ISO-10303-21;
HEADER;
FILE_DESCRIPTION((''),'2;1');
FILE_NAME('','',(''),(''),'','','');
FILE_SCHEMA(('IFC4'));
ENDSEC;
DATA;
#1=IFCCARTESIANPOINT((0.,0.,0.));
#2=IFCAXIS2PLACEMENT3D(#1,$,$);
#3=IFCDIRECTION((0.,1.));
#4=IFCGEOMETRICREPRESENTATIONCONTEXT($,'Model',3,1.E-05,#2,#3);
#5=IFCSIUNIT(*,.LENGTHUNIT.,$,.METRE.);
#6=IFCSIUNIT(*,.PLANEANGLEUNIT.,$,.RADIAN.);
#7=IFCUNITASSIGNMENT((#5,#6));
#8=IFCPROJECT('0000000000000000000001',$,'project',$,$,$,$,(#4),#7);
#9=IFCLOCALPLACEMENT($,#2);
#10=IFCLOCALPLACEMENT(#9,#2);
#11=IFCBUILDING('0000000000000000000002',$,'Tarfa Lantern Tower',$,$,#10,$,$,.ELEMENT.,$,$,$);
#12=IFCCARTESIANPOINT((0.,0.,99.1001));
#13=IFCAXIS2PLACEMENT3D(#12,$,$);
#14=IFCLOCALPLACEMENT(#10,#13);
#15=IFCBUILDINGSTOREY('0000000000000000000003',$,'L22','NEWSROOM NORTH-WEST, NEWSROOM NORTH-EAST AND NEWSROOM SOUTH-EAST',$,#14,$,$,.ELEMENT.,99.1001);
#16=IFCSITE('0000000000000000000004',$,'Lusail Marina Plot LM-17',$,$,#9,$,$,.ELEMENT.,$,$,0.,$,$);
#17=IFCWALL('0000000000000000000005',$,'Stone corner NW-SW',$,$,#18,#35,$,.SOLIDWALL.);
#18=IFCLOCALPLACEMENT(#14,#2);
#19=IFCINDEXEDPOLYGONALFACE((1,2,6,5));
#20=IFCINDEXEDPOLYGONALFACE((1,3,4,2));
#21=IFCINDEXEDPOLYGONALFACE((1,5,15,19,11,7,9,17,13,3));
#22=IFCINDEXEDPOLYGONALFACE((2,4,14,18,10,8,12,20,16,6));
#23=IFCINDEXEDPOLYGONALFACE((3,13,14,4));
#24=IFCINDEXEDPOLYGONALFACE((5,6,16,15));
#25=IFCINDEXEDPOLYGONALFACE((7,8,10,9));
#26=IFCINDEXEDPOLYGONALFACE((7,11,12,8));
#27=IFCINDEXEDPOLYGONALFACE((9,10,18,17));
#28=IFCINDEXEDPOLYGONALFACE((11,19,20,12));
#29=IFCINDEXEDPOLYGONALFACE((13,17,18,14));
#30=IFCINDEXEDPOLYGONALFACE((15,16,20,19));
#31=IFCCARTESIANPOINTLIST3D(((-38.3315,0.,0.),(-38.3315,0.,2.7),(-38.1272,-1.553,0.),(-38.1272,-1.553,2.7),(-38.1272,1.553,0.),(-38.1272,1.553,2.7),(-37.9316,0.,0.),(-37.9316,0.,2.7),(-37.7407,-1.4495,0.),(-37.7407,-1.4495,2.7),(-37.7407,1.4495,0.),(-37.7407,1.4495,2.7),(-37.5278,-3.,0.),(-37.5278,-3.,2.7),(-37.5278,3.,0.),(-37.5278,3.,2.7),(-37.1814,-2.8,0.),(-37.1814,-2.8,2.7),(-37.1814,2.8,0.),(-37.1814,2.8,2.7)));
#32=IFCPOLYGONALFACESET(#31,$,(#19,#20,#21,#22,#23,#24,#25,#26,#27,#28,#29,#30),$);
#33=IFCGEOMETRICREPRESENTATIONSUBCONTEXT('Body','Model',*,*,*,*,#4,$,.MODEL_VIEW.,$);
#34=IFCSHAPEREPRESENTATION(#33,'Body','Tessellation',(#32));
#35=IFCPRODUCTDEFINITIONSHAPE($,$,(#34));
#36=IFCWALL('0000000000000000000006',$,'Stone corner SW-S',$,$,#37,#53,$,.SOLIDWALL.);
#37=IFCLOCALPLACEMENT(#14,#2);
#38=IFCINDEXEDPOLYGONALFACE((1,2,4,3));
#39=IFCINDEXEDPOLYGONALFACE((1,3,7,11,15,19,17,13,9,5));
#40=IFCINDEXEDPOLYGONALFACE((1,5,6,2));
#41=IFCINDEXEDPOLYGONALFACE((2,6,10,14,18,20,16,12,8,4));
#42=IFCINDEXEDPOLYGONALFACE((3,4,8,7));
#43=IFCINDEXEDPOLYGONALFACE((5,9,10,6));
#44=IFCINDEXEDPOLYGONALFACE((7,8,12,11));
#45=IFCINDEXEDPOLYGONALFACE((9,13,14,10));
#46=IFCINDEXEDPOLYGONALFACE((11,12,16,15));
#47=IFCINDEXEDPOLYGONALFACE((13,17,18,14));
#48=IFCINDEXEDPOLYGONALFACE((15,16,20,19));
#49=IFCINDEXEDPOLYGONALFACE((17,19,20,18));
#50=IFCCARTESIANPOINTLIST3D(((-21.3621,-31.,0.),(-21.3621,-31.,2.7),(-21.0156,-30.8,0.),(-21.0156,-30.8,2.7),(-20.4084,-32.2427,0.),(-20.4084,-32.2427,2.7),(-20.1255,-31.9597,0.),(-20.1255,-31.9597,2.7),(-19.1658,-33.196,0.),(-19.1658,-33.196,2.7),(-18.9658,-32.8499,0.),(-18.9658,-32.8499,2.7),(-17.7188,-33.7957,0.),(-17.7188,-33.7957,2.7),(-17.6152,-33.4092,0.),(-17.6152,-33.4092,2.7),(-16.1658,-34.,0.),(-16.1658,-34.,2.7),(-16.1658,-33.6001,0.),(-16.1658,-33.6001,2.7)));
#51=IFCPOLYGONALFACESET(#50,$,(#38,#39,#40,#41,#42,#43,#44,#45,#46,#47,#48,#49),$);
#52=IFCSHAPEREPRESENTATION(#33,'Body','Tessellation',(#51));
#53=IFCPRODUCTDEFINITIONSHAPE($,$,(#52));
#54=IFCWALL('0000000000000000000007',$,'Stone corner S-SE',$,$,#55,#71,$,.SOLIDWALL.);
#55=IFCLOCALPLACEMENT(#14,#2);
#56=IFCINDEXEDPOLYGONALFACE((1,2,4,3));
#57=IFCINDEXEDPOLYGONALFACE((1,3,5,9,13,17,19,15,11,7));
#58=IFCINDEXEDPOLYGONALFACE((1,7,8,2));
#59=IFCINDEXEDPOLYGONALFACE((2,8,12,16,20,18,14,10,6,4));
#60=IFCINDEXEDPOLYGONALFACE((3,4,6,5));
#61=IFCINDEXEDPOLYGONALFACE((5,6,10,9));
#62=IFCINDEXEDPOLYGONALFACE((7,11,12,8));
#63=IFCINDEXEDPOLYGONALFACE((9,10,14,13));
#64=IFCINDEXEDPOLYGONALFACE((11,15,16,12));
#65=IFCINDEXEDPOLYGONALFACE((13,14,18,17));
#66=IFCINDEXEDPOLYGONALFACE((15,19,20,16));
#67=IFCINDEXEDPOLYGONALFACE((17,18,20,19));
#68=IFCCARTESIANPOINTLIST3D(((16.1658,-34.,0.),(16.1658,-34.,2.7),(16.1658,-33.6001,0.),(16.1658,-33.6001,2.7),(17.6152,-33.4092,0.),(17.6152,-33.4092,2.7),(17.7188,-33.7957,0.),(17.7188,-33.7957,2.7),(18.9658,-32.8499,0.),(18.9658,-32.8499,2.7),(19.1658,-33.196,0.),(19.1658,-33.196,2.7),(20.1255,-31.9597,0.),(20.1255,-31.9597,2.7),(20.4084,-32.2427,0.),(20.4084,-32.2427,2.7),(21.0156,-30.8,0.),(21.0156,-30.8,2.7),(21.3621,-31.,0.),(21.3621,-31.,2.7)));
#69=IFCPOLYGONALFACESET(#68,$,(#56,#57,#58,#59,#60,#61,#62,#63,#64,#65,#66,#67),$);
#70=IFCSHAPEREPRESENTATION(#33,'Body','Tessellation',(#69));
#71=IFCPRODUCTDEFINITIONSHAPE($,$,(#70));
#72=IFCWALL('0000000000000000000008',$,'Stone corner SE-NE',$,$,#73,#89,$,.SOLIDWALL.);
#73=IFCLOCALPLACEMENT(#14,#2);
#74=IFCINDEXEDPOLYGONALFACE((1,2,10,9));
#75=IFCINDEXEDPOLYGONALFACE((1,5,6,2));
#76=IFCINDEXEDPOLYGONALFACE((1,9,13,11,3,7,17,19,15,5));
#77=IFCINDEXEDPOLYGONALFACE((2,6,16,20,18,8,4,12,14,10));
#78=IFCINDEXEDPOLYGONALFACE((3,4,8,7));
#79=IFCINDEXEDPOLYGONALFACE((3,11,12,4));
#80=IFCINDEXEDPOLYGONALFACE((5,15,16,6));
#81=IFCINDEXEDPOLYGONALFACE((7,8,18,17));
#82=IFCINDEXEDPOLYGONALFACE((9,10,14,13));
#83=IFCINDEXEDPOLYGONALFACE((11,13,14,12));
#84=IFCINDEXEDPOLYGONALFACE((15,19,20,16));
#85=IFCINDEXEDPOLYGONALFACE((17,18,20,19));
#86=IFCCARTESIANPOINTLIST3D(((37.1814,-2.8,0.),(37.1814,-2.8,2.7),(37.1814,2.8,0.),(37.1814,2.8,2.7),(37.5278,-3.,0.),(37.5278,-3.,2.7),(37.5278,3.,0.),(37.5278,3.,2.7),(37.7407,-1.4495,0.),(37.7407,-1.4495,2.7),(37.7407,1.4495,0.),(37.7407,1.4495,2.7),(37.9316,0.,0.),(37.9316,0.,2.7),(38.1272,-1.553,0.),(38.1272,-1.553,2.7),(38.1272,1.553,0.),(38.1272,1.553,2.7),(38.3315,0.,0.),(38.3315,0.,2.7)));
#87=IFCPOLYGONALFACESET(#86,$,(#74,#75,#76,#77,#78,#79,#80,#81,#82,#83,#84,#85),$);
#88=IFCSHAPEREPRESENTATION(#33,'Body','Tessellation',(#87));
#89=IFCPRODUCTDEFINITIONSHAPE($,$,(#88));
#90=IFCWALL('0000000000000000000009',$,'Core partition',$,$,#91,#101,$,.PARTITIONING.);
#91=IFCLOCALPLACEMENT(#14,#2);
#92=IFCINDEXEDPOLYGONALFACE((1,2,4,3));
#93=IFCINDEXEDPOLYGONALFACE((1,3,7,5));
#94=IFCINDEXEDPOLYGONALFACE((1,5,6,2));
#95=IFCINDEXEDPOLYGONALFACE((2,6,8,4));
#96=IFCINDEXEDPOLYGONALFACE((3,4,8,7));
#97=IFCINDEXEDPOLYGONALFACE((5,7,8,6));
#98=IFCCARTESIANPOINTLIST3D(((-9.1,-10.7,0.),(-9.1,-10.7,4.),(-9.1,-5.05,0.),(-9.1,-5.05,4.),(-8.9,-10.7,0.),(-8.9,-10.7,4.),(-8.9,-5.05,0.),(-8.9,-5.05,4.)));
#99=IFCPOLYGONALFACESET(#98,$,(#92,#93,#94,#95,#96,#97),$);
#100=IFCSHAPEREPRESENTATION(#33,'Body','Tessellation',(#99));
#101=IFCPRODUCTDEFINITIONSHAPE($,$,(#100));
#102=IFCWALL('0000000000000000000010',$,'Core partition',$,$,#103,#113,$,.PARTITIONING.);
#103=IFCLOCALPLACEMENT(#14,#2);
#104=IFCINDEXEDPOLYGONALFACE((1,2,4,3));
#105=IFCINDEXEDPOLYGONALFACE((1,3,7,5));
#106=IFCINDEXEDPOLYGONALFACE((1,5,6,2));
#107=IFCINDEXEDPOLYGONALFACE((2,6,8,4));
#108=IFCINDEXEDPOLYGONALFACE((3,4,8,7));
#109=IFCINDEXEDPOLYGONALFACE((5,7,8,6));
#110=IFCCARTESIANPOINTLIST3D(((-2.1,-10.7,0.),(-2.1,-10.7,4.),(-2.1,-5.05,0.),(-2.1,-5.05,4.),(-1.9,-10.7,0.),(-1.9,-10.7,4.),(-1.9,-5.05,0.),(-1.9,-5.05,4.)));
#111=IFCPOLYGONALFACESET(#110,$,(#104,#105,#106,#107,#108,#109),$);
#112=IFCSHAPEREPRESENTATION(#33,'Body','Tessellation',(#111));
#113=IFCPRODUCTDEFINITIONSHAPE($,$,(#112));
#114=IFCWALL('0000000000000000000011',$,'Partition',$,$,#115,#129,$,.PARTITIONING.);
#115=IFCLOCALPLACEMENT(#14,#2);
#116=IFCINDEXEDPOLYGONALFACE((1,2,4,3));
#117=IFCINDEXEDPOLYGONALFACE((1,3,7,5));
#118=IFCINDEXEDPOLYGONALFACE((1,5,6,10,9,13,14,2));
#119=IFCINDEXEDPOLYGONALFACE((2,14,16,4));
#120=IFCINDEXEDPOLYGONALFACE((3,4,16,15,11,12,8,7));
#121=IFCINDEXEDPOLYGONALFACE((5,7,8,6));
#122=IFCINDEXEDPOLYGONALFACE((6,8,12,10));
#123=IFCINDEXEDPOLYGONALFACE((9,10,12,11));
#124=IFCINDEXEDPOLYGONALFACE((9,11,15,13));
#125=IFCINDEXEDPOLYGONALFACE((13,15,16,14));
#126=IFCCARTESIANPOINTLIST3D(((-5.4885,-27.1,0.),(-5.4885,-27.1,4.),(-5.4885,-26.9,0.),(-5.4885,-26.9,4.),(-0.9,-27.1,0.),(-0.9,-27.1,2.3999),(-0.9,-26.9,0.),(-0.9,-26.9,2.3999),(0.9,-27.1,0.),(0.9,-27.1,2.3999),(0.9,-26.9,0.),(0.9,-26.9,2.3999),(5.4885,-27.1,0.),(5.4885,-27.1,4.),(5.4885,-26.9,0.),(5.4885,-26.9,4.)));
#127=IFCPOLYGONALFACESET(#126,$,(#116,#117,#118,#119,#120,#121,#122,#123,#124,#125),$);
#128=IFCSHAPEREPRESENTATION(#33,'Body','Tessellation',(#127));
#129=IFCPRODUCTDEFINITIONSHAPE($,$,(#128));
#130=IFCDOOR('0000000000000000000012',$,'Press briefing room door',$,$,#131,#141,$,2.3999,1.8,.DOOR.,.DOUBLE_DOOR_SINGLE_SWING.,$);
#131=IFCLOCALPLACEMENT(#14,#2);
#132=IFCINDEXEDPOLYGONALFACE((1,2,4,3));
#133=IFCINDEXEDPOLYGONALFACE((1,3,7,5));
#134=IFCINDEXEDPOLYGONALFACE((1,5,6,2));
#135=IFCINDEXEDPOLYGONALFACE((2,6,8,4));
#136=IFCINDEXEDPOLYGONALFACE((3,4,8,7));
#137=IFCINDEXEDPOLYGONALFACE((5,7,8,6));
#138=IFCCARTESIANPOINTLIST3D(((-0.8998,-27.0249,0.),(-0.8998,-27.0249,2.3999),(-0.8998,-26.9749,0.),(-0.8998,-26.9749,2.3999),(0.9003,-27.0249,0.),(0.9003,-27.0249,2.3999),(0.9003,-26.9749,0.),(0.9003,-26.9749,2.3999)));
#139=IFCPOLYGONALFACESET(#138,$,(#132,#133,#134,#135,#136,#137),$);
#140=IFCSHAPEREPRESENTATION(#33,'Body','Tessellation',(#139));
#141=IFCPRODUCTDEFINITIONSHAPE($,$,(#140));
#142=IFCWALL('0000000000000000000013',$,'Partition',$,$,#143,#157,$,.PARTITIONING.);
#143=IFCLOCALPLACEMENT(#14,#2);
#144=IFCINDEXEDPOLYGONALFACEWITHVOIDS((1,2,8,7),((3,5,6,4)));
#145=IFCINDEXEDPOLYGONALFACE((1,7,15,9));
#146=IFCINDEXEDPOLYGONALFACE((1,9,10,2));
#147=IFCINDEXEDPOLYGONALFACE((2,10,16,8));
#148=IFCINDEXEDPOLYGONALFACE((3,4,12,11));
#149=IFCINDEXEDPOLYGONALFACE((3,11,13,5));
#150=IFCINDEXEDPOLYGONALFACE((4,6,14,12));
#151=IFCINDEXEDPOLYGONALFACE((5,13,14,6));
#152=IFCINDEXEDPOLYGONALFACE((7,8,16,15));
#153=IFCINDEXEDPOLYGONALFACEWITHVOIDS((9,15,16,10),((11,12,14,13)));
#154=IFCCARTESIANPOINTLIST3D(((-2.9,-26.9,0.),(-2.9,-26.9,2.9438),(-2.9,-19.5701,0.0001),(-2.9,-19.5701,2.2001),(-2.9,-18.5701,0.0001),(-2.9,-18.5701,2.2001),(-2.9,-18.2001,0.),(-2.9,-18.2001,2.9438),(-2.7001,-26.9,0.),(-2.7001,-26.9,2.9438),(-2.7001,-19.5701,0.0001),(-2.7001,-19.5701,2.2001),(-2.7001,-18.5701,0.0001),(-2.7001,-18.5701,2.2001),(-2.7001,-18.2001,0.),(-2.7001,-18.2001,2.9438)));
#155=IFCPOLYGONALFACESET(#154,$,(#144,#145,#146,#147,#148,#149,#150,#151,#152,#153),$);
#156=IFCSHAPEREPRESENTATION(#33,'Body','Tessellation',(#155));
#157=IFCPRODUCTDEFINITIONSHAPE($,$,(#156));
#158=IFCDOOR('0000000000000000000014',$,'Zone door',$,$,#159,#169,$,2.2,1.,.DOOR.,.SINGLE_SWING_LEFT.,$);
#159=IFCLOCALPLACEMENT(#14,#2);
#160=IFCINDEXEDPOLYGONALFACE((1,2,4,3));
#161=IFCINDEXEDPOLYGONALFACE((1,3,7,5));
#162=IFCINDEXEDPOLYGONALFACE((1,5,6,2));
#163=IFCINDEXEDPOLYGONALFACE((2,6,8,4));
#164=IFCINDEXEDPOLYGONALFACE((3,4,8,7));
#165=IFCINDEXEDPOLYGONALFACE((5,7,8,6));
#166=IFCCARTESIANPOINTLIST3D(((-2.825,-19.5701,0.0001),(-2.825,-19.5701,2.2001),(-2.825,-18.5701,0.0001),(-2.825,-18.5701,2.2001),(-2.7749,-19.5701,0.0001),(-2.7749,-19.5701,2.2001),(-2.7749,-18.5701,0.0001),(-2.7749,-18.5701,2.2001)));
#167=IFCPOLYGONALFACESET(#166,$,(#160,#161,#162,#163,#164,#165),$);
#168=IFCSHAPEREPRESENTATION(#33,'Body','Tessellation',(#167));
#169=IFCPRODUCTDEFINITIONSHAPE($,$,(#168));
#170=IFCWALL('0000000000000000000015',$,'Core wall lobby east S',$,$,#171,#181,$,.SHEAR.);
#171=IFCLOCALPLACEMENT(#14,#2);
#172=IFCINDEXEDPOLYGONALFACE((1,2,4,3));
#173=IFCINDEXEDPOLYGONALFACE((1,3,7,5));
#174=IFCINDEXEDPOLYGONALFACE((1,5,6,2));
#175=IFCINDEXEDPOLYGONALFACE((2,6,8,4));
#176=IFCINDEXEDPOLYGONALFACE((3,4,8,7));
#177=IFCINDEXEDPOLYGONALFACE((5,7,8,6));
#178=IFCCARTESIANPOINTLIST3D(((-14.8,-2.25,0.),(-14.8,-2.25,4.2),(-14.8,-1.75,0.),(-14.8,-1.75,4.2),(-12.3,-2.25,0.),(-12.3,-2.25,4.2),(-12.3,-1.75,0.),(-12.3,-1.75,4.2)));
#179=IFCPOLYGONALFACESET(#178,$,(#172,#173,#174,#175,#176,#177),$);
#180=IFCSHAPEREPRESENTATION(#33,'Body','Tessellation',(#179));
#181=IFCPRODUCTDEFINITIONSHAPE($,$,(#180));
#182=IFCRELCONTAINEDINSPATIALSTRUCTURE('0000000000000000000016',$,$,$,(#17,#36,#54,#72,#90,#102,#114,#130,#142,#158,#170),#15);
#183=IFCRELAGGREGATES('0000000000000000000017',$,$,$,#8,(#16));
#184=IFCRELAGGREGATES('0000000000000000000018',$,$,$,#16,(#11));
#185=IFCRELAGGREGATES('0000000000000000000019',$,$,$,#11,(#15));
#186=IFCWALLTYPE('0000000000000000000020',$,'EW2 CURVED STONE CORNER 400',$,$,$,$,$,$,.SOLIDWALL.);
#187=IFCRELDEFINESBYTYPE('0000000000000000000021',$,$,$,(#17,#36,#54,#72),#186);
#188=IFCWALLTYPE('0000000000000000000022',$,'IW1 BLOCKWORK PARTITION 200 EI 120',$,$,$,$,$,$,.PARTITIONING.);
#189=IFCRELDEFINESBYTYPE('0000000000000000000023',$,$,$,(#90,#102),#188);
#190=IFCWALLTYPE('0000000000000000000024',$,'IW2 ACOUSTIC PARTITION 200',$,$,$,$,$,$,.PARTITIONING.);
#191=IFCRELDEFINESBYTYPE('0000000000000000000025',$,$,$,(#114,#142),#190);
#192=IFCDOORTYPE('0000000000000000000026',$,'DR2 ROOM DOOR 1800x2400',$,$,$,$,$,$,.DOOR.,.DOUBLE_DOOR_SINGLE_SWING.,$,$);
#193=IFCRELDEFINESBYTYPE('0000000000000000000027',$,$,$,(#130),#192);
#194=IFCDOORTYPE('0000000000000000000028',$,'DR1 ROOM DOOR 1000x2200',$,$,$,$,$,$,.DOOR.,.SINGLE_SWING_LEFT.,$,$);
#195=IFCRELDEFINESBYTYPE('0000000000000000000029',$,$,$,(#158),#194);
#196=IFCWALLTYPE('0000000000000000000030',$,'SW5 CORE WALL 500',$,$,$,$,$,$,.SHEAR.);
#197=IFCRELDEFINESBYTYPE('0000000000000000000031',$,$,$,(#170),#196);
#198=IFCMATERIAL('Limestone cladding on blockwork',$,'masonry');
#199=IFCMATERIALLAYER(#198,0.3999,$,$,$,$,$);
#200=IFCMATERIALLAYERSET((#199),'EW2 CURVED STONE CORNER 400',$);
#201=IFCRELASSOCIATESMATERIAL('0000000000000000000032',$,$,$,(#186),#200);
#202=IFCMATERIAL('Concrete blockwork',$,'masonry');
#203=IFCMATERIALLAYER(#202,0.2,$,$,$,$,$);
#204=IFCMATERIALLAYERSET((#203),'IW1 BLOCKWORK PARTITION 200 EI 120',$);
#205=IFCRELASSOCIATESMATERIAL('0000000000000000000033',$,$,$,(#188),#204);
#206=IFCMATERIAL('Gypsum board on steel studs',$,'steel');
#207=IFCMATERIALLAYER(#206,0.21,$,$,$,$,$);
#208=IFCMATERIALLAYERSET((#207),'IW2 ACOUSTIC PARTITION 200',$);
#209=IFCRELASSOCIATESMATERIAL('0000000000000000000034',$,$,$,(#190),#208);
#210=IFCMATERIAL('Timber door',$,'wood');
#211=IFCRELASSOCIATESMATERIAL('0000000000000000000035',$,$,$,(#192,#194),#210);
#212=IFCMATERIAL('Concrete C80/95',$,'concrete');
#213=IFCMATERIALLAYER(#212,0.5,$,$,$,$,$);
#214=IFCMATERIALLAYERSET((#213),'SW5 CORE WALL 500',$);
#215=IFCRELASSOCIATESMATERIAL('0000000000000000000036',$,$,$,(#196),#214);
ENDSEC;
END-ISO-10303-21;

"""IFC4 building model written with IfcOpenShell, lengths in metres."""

from ifc_helpers import new_model, si_unit, direction, frame, frame_2d, origin, place, context, subcontext, project, spatial, polyline, rectangle, outline, extrude, material, layer, layer_set, type_object, element, fill, save


model = new_model("IFC4")

# Units and contexts
model_context = context("Model", 3, precision=1e-05, world=origin(), true_north=direction((0.0, 1.0)))
body_context = subcontext(model_context, "Body", "Model", "MODEL_VIEW")
ifc_project = project(units=[si_unit("LENGTHUNIT", "METRE"), si_unit("PLANEANGLEUNIT", "RADIAN")], contexts=[model_context])

# Site, building, storey
site_placement = place(None, origin())
site = spatial("IfcSite", under=ifc_project, at=site_placement, Name="Lusail Marina Plot LM-17", CompositionType="ELEMENT", RefElevation=0.0)
building_placement = place(site_placement, origin())
building = spatial("IfcBuilding", under=site, at=building_placement, Name="Tarfa Lantern Tower", CompositionType="ELEMENT")
storey_placement = place(building_placement, frame((0.0, 0.0, 99.1001)))
storey = spatial("IfcBuildingStorey", under=building, at=storey_placement, Name="L22", Description="NEWSROOM NORTH-WEST, NEWSROOM NORTH-EAST AND NEWSROOM SOUTH-EAST", CompositionType="ELEMENT", Elevation=99.1001)

# Walls
ifc_material_1 = material(Name="Limestone cladding on blockwork", Category="masonry")
ifc_layer_1 = layer(ifc_material_1, 0.3999)
ifc_layer_set_1 = layer_set([ifc_layer_1], Name="EW2 CURVED STONE CORNER 400")
wall_type_1 = type_object("IfcWallType", Name="EW2 CURVED STONE CORNER 400", PredefinedType="SOLIDWALL", material=ifc_layer_set_1)
wall_1_placement = place(storey_placement, origin())
element("IfcWall", 1, at=wall_1_placement, inside=storey, type_object=wall_type_1, Name="Stone corner NW-SW", PredefinedType="SOLIDWALL", context=body_context, shape_type="SweptSolid", body=[
    extrude(outline(polyline([(-37.5278, 3.0), (-38.1272, 1.553), (-38.3315, 0.0), (-38.1272, -1.553), (-37.5278, -3.0), (-37.1814, -2.8), (-37.7407, -1.4495), (-37.9316, 0.0), (-37.7407, 1.4495), (-37.1814, 2.8), (-37.5278, 3.0)])), origin(), (0.0, 0.0, 1.0), 2.7),
])
wall_2_placement = place(storey_placement, origin())
element("IfcWall", 2, at=wall_2_placement, inside=storey, type_object=wall_type_1, Name="Stone corner SW-S", PredefinedType="SOLIDWALL", context=body_context, shape_type="SweptSolid", body=[
    extrude(outline(polyline([(-21.3621, -31.0), (-20.4084, -32.2427), (-19.1658, -33.196), (-17.7188, -33.7957), (-16.1658, -34.0), (-16.1658, -33.6001), (-17.6152, -33.4092), (-18.9658, -32.8499), (-20.1255, -31.9597), (-21.0156, -30.8), (-21.3621, -31.0)])), origin(), (0.0, 0.0, 1.0), 2.7),
])
wall_3_placement = place(storey_placement, origin())
element("IfcWall", 3, at=wall_3_placement, inside=storey, type_object=wall_type_1, Name="Stone corner S-SE", PredefinedType="SOLIDWALL", context=body_context, shape_type="SweptSolid", body=[
    extrude(outline(polyline([(16.1658, -34.0), (17.7188, -33.7957), (19.1658, -33.196), (20.4084, -32.2427), (21.3621, -31.0), (21.0156, -30.8), (20.1255, -31.9597), (18.9658, -32.8499), (17.6152, -33.4092), (16.1658, -33.6001), (16.1658, -34.0)])), origin(), (0.0, 0.0, 1.0), 2.7),
])
wall_4_placement = place(storey_placement, origin())
element("IfcWall", 4, at=wall_4_placement, inside=storey, type_object=wall_type_1, Name="Stone corner SE-NE", PredefinedType="SOLIDWALL", context=body_context, shape_type="SweptSolid", body=[
    extrude(outline(polyline([(37.5278, -3.0), (38.1272, -1.553), (38.3315, 0.0), (38.1272, 1.553), (37.5278, 3.0), (37.1814, 2.8), (37.7407, 1.4495), (37.9316, 0.0), (37.7407, -1.4495), (37.1814, -2.8), (37.5278, -3.0)])), origin(), (0.0, 0.0, 1.0), 2.7),
])
ifc_material_2 = material(Name="Concrete blockwork", Category="masonry")
ifc_layer_2 = layer(ifc_material_2, 0.2)
ifc_layer_set_2 = layer_set([ifc_layer_2], Name="IW1 BLOCKWORK PARTITION 200 EI 120")
wall_type_2 = type_object("IfcWallType", Name="IW1 BLOCKWORK PARTITION 200 EI 120", PredefinedType="PARTITIONING", material=ifc_layer_set_2)
for number, where, z_axis, x_axis, name in (
    (5, (-9.0, -5.05, 0.0), (0.0, 0.0, 1.0), (0.0, -1.0, 0.0), "Core partition"),
    (6, (-2.0, -5.05, 0.0), (0.0, 0.0, 1.0), (0.0, -1.0, 0.0), "Core partition"),
):
    element("IfcWall", number, at=place(storey_placement, frame(where, z_axis=z_axis, x_axis=x_axis)), inside=storey, type_object=wall_type_2, Name=name, PredefinedType="PARTITIONING", context=body_context, shape_type="SweptSolid", body=[
        extrude(rectangle(XDim=5.6499, YDim=0.2, at=frame_2d((2.825, 0.0))), origin(), (0.0, 0.0, 1.0), 4.0),
    ])

# Walls, openings, doors
ifc_material_3 = material(Name="Gypsum board on steel studs", Category="steel")
ifc_layer_3 = layer(ifc_material_3, 0.21)
ifc_layer_set_3 = layer_set([ifc_layer_3], Name="IW2 ACOUSTIC PARTITION 200")
wall_type_3 = type_object("IfcWallType", Name="IW2 ACOUSTIC PARTITION 200", PredefinedType="PARTITIONING", material=ifc_layer_set_3)
wall_5_placement = place(storey_placement, frame((-5.4885, -27.0, 0.0), z_axis=(0.0, 0.0, 1.0), x_axis=(1.0, 0.0, 0.0)))
wall_5 = element("IfcWall", 7, at=wall_5_placement, inside=storey, type_object=wall_type_3, Name="Partition", PredefinedType="PARTITIONING", context=body_context, shape_type="SweptSolid", body=[
    extrude(rectangle(XDim=10.9771, YDim=0.2, at=frame_2d((5.4885, 0.0))), origin(), (0.0, 0.0, 1.0), 4.0),
])
opening_1_placement = place(wall_5_placement, frame((4.5886, 0.0, 0.0)))
opening_1 = element("IfcOpeningElement", 8, at=opening_1_placement, cuts=wall_5, PredefinedType="OPENING", context=body_context, shape_type="SweptSolid", body=[
    extrude(rectangle(XDim=1.8, YDim=2.3999, at=frame_2d((0.8999, 1.2))), frame((0.0, 0.1099, 0.0), z_axis=(0.0, -1.0, 0.0), x_axis=(1.0, 0.0, 0.0)), (0.0, 0.0, 1.0), 0.22),
])
ifc_material_4 = material(Name="Timber door", Category="wood")
door_type_1 = type_object("IfcDoorType", Name="DR2 ROOM DOOR 1800x2400", OperationType="DOUBLE_DOOR_SINGLE_SWING", PredefinedType="DOOR", material=ifc_material_4)
door_1_placement = place(opening_1_placement, frame((1.8, 0.0, 0.0), z_axis=(0.0, 0.0, 1.0), x_axis=(-1.0, 0.0, 0.0)))
door_1 = element("IfcDoor", 9, at=door_1_placement, inside=storey, type_object=door_type_1, Name="Press briefing room door", OperationType="DOUBLE_DOOR_SINGLE_SWING", OverallHeight=2.3999, OverallWidth=1.8, PredefinedType="DOOR", context=body_context, shape_type="SweptSolid", body=[
    extrude(rectangle(XDim=1.8, YDim=2.3999, at=frame_2d((0.8999, 1.2))), frame((0.0, 0.0249, 0.0), z_axis=(0.0, -1.0, 0.0), x_axis=(1.0, 0.0, 0.0)), (0.0, 0.0, 1.0), 0.05),
])
fill(opening_1, door_1)
wall_6_placement = place(storey_placement, frame((-2.8, -18.2, 0.0), z_axis=(0.0, 0.0, 1.0), x_axis=(0.0, -1.0, 0.0)))
wall_6 = element("IfcWall", 10, at=wall_6_placement, inside=storey, type_object=wall_type_3, Name="Partition", PredefinedType="PARTITIONING", context=body_context, shape_type="SweptSolid", body=[
    extrude(rectangle(XDim=8.7, YDim=0.2, at=frame_2d((4.3501, 0.0))), origin(), (0.0, 0.0, 1.0), 2.9438),
])
opening_2_placement = place(wall_6_placement, frame((0.3701, 0.0, 0.0)))
opening_2 = element("IfcOpeningElement", 11, at=opening_2_placement, cuts=wall_6, PredefinedType="OPENING", context=body_context, shape_type="SweptSolid", body=[
    extrude(rectangle(XDim=1.0, YDim=2.2, at=frame_2d((0.5, 1.1001))), frame((0.0, 0.1099, 0.0), z_axis=(0.0, -1.0, 0.0), x_axis=(1.0, 0.0, 0.0)), (0.0, 0.0, 1.0), 0.22),
])
door_type_2 = type_object("IfcDoorType", Name="DR1 ROOM DOOR 1000x2200", OperationType="SINGLE_SWING_LEFT", PredefinedType="DOOR", material=ifc_material_4)
door_2_placement = place(opening_2_placement, frame((1.0, 0.0, 0.0), z_axis=(0.0, 0.0, 1.0), x_axis=(-1.0, 0.0, 0.0)))
door_2 = element("IfcDoor", 12, at=door_2_placement, inside=storey, type_object=door_type_2, Name="Zone door", OperationType="SINGLE_SWING_LEFT", OverallHeight=2.2, OverallWidth=1.0, PredefinedType="DOOR", context=body_context, shape_type="SweptSolid", body=[
    extrude(rectangle(XDim=1.0, YDim=2.2, at=frame_2d((0.5, 1.1001))), frame((0.0, 0.0249, 0.0), z_axis=(0.0, -1.0, 0.0), x_axis=(1.0, 0.0, 0.0)), (0.0, 0.0, 1.0), 0.05),
])
fill(opening_2, door_2)

# Wall
ifc_material_5 = material(Name="Concrete C80/95", Category="concrete")
ifc_layer_4 = layer(ifc_material_5, 0.5)
ifc_layer_set_4 = layer_set([ifc_layer_4], Name="SW5 CORE WALL 500")
wall_type_4 = type_object("IfcWallType", Name="SW5 CORE WALL 500", PredefinedType="SHEAR", material=ifc_layer_set_4)
wall_7_placement = place(storey_placement, frame((-12.3, -2.0, 0.0), z_axis=(0.0, 0.0, 1.0), x_axis=(-1.0, 0.0, 0.0)))
element("IfcWall", 13, at=wall_7_placement, inside=storey, type_object=wall_type_4, Name="Core wall lobby east S", PredefinedType="SHEAR", context=body_context, shape_type="SweptSolid", body=[
    extrude(rectangle(XDim=2.5, YDim=0.5, at=frame_2d((1.25, 0.0))), origin(), (0.0, 0.0, 1.0), 4.2),
])

save(model, "model.ifc")
